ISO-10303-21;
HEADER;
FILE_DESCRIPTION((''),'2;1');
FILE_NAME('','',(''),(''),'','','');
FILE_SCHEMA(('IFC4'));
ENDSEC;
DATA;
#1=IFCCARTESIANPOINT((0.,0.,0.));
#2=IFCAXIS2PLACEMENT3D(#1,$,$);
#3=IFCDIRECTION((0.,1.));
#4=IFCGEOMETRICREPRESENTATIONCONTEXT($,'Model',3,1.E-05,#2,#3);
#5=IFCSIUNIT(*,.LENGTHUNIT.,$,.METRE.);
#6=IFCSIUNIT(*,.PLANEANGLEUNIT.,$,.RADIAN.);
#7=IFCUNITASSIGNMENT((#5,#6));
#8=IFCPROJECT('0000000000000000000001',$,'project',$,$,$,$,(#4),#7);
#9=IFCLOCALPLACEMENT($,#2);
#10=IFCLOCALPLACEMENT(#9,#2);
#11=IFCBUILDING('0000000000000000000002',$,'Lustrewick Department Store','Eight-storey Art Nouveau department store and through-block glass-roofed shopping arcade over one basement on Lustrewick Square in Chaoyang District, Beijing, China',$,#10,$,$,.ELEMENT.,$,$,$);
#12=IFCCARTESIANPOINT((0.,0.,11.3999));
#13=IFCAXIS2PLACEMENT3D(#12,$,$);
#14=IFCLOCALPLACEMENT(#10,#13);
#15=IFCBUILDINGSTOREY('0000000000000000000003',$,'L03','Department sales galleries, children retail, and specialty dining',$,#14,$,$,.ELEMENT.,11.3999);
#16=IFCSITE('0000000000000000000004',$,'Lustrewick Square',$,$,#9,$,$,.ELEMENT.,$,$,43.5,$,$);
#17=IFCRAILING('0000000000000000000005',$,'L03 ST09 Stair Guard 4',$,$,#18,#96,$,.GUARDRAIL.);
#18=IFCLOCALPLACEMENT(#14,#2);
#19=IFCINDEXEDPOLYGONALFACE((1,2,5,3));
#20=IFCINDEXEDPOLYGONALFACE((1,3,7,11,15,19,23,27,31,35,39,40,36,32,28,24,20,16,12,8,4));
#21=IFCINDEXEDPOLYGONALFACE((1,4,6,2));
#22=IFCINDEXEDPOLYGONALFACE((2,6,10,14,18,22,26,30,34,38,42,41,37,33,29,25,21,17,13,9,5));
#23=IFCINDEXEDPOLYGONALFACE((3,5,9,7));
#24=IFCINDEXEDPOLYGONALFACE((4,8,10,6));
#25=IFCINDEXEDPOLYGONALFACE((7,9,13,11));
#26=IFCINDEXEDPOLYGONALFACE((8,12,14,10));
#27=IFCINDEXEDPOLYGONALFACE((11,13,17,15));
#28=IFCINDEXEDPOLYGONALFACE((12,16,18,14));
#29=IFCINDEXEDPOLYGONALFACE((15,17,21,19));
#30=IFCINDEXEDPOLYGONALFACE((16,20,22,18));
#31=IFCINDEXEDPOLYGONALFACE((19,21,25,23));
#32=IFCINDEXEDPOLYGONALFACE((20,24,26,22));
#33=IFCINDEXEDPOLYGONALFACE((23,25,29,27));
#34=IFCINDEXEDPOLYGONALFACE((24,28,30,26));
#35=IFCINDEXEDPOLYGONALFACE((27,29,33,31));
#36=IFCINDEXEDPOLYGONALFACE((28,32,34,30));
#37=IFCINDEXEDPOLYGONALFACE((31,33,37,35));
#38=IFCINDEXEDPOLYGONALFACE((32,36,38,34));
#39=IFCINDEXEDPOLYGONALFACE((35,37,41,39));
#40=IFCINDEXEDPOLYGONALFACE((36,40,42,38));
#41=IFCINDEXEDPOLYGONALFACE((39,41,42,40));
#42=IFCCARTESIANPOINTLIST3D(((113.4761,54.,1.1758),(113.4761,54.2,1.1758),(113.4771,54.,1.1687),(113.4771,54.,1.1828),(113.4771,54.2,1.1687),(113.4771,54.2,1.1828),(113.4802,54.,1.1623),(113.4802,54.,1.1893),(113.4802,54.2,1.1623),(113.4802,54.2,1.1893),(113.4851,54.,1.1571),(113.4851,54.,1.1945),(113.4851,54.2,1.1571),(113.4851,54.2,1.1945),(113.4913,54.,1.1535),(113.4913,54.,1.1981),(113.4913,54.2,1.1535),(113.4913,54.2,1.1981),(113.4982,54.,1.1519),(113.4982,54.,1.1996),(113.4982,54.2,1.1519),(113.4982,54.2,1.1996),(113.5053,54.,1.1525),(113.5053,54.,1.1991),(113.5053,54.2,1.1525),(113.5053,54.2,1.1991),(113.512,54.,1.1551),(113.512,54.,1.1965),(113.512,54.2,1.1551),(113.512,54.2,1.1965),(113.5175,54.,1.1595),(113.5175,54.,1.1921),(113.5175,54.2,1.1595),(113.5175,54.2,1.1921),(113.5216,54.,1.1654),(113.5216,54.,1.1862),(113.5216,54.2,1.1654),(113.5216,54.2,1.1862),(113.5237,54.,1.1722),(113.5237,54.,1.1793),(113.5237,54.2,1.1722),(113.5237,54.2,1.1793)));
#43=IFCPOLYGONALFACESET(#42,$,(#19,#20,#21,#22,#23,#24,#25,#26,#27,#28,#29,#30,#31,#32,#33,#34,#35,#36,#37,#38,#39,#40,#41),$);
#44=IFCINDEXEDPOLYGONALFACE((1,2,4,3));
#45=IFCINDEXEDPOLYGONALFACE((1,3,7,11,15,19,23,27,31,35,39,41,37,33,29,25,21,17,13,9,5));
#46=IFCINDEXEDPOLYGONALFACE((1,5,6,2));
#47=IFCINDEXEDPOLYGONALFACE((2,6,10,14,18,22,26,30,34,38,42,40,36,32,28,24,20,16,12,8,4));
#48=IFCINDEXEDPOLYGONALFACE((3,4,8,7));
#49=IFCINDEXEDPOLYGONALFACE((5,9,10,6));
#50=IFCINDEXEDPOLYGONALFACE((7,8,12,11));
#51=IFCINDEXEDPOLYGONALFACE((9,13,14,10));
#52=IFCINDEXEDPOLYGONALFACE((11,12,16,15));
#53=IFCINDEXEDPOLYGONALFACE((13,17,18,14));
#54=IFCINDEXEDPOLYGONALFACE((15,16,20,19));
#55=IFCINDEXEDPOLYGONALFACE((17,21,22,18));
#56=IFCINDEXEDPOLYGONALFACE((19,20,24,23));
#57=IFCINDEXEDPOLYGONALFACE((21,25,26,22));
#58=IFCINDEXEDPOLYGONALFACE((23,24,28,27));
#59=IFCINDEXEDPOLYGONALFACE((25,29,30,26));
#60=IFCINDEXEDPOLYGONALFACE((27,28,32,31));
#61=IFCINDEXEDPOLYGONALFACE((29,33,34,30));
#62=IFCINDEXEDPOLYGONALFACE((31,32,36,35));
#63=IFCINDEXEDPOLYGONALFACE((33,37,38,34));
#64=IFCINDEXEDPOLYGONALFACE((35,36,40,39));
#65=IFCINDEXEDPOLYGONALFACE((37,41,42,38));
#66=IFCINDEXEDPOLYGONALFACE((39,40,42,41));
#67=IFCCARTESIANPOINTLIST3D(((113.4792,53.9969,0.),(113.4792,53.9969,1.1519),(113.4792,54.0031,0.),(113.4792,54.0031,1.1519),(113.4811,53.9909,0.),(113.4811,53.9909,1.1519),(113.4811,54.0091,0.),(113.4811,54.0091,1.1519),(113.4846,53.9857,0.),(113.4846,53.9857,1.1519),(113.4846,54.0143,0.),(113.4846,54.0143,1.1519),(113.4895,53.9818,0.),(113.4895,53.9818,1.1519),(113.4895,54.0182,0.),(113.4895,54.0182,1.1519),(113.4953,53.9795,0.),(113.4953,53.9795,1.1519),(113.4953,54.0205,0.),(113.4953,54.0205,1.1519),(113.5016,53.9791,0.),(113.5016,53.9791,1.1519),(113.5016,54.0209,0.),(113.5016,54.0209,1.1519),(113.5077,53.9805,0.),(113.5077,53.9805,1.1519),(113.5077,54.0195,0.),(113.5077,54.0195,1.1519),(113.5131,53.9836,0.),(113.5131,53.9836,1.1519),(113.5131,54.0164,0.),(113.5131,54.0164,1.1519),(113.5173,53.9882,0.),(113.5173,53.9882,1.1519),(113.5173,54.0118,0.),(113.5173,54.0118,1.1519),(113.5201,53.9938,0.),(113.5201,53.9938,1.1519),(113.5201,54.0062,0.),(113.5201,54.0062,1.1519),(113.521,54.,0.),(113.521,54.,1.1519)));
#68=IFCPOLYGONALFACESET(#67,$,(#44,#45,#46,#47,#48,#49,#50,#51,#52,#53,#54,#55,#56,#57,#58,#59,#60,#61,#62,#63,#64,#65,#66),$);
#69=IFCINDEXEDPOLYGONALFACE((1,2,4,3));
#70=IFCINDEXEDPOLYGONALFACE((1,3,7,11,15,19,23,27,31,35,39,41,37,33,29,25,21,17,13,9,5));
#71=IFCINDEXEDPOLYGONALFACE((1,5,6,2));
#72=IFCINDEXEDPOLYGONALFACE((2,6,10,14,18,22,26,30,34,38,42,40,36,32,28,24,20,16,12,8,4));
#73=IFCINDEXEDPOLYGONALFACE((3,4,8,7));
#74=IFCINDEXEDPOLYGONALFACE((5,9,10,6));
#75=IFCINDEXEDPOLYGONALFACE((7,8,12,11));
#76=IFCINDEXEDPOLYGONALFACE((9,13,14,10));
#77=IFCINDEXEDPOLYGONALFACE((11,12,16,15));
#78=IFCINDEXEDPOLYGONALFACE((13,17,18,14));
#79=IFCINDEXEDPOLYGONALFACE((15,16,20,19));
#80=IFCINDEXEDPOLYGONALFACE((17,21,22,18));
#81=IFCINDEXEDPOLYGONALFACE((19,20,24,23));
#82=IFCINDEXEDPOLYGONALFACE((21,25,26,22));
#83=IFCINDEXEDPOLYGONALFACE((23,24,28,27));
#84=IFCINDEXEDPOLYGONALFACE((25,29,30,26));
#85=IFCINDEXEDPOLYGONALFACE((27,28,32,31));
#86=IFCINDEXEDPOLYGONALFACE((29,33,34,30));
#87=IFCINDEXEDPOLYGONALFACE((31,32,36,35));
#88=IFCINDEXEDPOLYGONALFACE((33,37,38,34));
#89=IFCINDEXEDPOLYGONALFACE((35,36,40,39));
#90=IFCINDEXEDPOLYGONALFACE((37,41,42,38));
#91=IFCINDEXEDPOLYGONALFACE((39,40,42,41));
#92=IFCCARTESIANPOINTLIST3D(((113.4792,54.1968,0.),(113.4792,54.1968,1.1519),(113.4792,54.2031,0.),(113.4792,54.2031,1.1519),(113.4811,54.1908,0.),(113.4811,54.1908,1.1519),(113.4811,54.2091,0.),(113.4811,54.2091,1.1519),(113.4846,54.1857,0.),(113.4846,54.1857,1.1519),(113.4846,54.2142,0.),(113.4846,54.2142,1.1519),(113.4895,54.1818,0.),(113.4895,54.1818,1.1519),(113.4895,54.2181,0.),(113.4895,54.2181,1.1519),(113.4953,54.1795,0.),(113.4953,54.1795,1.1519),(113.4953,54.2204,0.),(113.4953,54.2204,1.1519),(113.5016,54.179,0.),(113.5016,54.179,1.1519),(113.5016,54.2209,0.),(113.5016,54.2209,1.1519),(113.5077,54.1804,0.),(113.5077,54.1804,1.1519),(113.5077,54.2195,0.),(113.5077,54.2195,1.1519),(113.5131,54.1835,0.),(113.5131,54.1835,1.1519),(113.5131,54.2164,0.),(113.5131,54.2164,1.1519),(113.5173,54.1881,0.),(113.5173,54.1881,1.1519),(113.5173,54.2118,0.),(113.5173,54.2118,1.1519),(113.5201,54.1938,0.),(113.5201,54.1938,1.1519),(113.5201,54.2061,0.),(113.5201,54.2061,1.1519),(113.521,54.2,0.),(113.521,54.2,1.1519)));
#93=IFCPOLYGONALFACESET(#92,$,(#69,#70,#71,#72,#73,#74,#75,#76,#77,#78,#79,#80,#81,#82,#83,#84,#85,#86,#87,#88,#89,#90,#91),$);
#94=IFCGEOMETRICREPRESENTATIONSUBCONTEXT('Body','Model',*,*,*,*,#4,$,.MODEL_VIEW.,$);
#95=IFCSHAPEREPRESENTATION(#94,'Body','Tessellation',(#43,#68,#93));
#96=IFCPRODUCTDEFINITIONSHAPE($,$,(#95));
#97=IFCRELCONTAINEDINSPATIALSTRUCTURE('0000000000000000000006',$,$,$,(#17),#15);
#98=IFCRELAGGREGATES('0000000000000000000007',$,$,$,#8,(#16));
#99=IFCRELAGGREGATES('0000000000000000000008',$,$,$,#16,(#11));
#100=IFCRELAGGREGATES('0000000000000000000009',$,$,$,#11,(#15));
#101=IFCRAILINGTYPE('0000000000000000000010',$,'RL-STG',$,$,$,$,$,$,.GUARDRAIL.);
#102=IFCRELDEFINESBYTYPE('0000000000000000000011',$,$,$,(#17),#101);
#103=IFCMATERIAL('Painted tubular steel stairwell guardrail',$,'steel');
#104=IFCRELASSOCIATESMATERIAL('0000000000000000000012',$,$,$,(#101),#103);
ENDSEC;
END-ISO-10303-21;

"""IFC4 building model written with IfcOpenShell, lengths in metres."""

from ifc_helpers import new_model, si_unit, direction, frame, origin, origin_2d, place, context, subcontext, project, spatial, circle, extrude, material, type_object, element, save


model = new_model("IFC4")

# Units and contexts
model_context = context("Model", 3, precision=1e-05, world=origin(), true_north=direction((0.0, 1.0)))
body_context = subcontext(model_context, "Body", "Model", "MODEL_VIEW")
ifc_project = project(units=[si_unit("LENGTHUNIT", "METRE"), si_unit("PLANEANGLEUNIT", "RADIAN")], contexts=[model_context])

# Site, building, storey
site_placement = place(None, origin())
site = spatial("IfcSite", under=ifc_project, at=site_placement, Name="Lustrewick Square", CompositionType="ELEMENT", RefElevation=43.5)
building_placement = place(site_placement, origin())
building = spatial("IfcBuilding", under=site, at=building_placement, Name="Lustrewick Department Store", Description="Eight-storey Art Nouveau department store and through-block glass-roofed shopping arcade over one basement on Lustrewick Square in Chaoyang District, Beijing, China", CompositionType="ELEMENT")
storey_placement = place(building_placement, frame((0.0, 0.0, 11.3999)))
storey = spatial("IfcBuildingStorey", under=building, at=storey_placement, Name="L03", Description="Department sales galleries, children retail, and specialty dining", CompositionType="ELEMENT", Elevation=11.3999)

# Railing
ifc_material_1 = material(Name="Painted tubular steel stairwell guardrail", Category="steel")
railing_type_1 = type_object("IfcRailingType", Name="RL-STG", PredefinedType="GUARDRAIL", material=ifc_material_1)
railing_1_placement = place(storey_placement, frame((113.5, 54.0, 0.0)))
element("IfcRailing", 1, at=railing_1_placement, inside=storey, type_object=railing_type_1, Name="L03 ST09 Stair Guard 4", PredefinedType="GUARDRAIL", context=body_context, shape_type="SweptSolid", body=[
    extrude(circle(Radius=0.0239, at=origin_2d()), frame((0.0, 0.0, 1.1758), z_axis=(0.0, 1.0, 0.0), x_axis=(-1.0, 0.0, 0.0)), (0.0, 0.0, 1.0), 0.2),
    extrude(circle(Radius=0.021, at=origin_2d()), origin(), (0.0, 0.0, 1.0), 1.1519),
    extrude(circle(Radius=0.021, at=origin_2d()), frame((0.0, 0.2, 0.0)), (0.0, 0.0, 1.0), 1.1519),
])

save(model, "model.ifc")
